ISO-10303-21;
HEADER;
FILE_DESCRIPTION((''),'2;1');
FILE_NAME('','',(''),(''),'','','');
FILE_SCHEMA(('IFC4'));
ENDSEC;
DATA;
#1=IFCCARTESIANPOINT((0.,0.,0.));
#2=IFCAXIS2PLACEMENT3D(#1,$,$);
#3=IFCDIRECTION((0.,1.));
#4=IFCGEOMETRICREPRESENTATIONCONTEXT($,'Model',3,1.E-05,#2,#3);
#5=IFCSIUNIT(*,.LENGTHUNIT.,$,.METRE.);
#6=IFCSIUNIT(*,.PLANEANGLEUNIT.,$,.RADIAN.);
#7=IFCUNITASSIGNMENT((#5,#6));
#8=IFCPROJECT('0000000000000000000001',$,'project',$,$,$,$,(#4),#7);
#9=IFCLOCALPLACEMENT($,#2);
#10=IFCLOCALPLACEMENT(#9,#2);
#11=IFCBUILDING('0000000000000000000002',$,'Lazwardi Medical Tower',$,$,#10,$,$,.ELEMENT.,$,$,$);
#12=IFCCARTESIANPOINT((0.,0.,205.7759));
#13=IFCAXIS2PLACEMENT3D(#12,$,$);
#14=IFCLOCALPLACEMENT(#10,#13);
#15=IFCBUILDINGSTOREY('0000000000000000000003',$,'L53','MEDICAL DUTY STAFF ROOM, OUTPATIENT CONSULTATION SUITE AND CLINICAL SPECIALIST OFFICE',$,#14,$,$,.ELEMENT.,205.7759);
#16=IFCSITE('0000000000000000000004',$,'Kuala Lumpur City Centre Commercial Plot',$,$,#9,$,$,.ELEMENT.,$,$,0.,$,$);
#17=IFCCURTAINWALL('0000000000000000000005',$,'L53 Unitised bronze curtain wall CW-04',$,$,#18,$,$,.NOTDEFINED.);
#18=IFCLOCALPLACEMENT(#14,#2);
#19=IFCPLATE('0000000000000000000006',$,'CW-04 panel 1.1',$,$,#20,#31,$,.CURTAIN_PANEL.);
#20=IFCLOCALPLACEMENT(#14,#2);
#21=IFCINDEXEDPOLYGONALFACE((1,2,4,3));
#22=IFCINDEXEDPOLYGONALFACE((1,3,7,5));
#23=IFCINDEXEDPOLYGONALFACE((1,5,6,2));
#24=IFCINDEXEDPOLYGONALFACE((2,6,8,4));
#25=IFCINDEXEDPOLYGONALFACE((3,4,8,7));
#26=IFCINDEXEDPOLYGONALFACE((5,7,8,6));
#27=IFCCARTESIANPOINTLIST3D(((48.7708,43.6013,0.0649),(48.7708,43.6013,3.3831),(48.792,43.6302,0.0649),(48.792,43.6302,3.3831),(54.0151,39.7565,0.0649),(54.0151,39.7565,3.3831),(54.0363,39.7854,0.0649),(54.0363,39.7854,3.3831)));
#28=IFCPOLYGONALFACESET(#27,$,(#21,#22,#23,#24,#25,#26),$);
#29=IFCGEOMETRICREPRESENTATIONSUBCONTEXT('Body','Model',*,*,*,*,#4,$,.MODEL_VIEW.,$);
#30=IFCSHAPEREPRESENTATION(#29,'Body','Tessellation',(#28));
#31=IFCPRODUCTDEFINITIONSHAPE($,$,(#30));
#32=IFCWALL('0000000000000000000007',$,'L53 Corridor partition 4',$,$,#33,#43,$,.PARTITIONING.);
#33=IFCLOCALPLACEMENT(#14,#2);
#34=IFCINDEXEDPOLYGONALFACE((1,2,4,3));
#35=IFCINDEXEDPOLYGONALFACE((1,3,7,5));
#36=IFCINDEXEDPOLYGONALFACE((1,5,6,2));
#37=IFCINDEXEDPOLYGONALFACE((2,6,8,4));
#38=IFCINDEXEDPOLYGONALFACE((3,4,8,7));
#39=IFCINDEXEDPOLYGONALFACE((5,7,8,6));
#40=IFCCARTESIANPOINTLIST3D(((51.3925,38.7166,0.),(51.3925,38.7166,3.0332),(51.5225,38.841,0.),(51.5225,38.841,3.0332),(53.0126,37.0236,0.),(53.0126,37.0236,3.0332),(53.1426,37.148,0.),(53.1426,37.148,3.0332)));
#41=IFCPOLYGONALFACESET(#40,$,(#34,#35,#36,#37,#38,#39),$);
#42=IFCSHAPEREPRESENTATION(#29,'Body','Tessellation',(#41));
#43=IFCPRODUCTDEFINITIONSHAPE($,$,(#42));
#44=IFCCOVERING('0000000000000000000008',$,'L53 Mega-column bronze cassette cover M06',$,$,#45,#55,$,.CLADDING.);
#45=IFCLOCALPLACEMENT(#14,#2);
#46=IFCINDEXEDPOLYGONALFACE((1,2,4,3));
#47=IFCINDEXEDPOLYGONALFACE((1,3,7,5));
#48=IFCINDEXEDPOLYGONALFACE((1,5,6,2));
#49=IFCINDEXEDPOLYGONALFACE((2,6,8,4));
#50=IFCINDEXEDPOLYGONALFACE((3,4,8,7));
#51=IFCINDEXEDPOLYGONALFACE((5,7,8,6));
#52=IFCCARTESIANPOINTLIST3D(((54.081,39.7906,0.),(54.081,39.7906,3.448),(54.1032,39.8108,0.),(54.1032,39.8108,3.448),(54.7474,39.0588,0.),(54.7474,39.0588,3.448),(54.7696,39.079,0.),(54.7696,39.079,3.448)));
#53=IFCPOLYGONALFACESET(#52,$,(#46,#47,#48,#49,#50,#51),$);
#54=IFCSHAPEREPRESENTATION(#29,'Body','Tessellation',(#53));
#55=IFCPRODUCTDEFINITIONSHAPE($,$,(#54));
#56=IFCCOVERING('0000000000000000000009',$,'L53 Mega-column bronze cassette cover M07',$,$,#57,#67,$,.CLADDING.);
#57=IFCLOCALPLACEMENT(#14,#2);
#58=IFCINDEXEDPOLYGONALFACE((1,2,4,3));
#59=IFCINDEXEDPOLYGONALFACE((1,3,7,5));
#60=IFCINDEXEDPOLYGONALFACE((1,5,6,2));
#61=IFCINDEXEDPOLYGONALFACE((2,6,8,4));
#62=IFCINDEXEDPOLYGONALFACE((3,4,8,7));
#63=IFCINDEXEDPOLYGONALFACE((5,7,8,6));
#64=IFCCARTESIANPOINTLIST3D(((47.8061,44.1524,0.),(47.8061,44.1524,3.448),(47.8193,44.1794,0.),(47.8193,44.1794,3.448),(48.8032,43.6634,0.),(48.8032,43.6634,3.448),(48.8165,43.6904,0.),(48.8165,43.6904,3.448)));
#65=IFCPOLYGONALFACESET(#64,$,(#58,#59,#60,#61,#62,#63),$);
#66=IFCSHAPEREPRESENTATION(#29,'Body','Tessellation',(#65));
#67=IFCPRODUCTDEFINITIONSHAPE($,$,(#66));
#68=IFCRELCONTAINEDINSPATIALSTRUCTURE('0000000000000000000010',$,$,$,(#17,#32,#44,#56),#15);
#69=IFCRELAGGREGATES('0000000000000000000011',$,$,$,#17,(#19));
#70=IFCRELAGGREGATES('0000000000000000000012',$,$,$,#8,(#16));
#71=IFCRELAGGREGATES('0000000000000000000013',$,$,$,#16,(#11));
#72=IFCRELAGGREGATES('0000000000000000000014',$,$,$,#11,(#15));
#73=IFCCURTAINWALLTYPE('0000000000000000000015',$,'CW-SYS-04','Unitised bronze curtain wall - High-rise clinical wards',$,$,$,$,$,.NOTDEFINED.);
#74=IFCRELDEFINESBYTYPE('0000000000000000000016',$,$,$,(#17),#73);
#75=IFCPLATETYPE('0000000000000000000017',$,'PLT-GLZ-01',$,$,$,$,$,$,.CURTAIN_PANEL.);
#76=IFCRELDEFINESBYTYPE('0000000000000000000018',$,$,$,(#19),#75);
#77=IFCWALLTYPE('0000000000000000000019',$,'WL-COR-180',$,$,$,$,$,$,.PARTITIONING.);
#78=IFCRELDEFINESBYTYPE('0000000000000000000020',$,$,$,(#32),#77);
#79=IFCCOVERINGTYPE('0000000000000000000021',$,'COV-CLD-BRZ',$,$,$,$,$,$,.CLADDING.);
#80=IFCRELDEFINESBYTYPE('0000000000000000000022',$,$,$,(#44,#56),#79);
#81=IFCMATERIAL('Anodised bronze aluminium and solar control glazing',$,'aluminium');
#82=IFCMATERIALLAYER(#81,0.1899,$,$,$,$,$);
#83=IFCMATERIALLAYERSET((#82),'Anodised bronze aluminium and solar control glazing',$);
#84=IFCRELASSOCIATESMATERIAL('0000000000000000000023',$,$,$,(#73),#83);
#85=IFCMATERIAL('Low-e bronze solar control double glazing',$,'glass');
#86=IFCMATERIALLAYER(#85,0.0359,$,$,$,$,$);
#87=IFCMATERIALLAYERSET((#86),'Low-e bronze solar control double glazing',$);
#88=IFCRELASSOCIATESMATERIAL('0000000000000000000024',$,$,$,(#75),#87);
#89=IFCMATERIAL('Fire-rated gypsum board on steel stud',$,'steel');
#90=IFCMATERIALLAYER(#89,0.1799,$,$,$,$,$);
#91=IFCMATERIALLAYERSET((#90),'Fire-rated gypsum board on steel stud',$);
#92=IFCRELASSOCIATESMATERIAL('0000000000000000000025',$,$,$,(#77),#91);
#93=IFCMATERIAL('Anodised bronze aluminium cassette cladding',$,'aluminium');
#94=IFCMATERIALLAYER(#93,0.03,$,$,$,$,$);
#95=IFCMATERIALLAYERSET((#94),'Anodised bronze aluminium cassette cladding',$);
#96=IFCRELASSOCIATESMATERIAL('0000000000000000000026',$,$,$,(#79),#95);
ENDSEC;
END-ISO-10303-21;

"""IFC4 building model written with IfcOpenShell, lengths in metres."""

from ifc_helpers import new_model, si_unit, direction, frame, frame_2d, origin, origin_2d, place, context, subcontext, project, spatial, rectangle, extrude, material, layer, layer_set, type_object, element, aggregate, save


model = new_model("IFC4")

# Units and contexts
model_context = context("Model", 3, precision=1e-05, world=origin(), true_north=direction((0.0, 1.0)))
body_context = subcontext(model_context, "Body", "Model", "MODEL_VIEW")
ifc_project = project(units=[si_unit("LENGTHUNIT", "METRE"), si_unit("PLANEANGLEUNIT", "RADIAN")], contexts=[model_context])

# Site, building, storey
site_placement = place(None, origin())
site = spatial("IfcSite", under=ifc_project, at=site_placement, Name="Kuala Lumpur City Centre Commercial Plot", CompositionType="ELEMENT", RefElevation=0.0)
building_placement = place(site_placement, origin())
building = spatial("IfcBuilding", under=site, at=building_placement, Name="Lazwardi Medical Tower", CompositionType="ELEMENT")
storey_placement = place(building_placement, frame((0.0, 0.0, 205.7759)))
storey = spatial("IfcBuildingStorey", under=building, at=storey_placement, Name="L53", Description="MEDICAL DUTY STAFF ROOM, OUTPATIENT CONSULTATION SUITE AND CLINICAL SPECIALIST OFFICE", CompositionType="ELEMENT", Elevation=205.7759)

# Shared definitions
ifc_material_1 = material(Name="Anodised bronze aluminium and solar control glazing", Category="aluminium")
ifc_layer_1 = layer(ifc_material_1, 0.1899)
ifc_layer_set_1 = layer_set([ifc_layer_1], Name="Anodised bronze aluminium and solar control glazing")
curtain_wall_type = type_object("IfcCurtainWallType", Name="CW-SYS-04", Description="Unitised bronze curtain wall - High-rise clinical wards", PredefinedType="NOTDEFINED", material=ifc_layer_set_1)

# Curtain wall
curtain_wall_1_placement = place(storey_placement, origin())
curtain_wall_1 = element("IfcCurtainWall", 1, at=curtain_wall_1_placement, inside=storey, type_object=curtain_wall_type, Name="L53 Unitised bronze curtain wall CW-04", PredefinedType="NOTDEFINED")

# Plate
ifc_material_2 = material(Name="Low-e bronze solar control double glazing", Category="glass")
ifc_layer_2 = layer(ifc_material_2, 0.0359)
ifc_layer_set_2 = layer_set([ifc_layer_2], Name="Low-e bronze solar control double glazing")
plate_type = type_object("IfcPlateType", Name="PLT-GLZ-01", PredefinedType="CURTAIN_PANEL", material=ifc_layer_set_2)
plate_placement = place(storey_placement, frame((51.4036, 41.6934, 0.0649), z_axis=(0.0, 0.0, 1.0), x_axis=(-0.806475, 0.591268, 0.0)))
plate = element("IfcPlate", 2, at=plate_placement, type_object=plate_type, Name="CW-04 panel 1.1", PredefinedType="CURTAIN_PANEL", context=body_context, shape_type="SweptSolid", body=[
    extrude(rectangle(XDim=6.5027, YDim=0.0359, at=origin_2d()), origin(), (0.0, 0.0, 1.0), 3.3181),
])
aggregate(curtain_wall_1, [plate])

# Wall
ifc_material_3 = material(Name="Fire-rated gypsum board on steel stud", Category="steel")
ifc_layer_3 = layer(ifc_material_3, 0.1799)
ifc_layer_set_3 = layer_set([ifc_layer_3], Name="Fire-rated gypsum board on steel stud")
wall_type = type_object("IfcWallType", Name="WL-COR-180", PredefinedType="PARTITIONING", material=ifc_layer_set_3)
wall_placement = place(storey_placement, frame((51.4575, 38.7788, 0.0), z_axis=(0.0, 0.0, 1.0), x_axis=(0.69136, -0.722511, 0.0)))
element("IfcWall", 3, at=wall_placement, inside=storey, type_object=wall_type, Name="L53 Corridor partition 4", PredefinedType="PARTITIONING", context=body_context, shape_type="SweptSolid", body=[
    extrude(rectangle(XDim=2.3433, YDim=0.1799, at=frame_2d((1.1716, 0.0))), origin(), (0.0, 0.0, 1.0), 3.0332),
])

# Coverings
ifc_material_4 = material(Name="Anodised bronze aluminium cassette cladding", Category="aluminium")
ifc_layer_4 = layer(ifc_material_4, 0.03)
ifc_layer_set_4 = layer_set([ifc_layer_4], Name="Anodised bronze aluminium cassette cladding")
covering_type = type_object("IfcCoveringType", Name="COV-CLD-BRZ", PredefinedType="CLADDING", material=ifc_layer_set_4)
covering_1_placement = place(storey_placement, frame((54.4253, 39.4348, 0.0), z_axis=(0.0, 0.0, 1.0), x_axis=(-0.673241, 0.739423, 0.0)))
element("IfcCovering", 4, at=covering_1_placement, inside=storey, type_object=covering_type, Name="L53 Mega-column bronze cassette cover M06", PredefinedType="CLADDING", context=body_context, shape_type="SweptSolid", body=[
    extrude(rectangle(XDim=0.9897, YDim=0.03, at=origin_2d()), origin(), (0.0, 0.0, 1.0), 3.448),
])
covering_2_placement = place(storey_placement, frame((48.3113, 43.9214, 0.0), z_axis=(0.0, 0.0, 1.0), x_axis=(-0.89784, 0.440322, 0.0)))
element("IfcCovering", 5, at=covering_2_placement, inside=storey, type_object=covering_type, Name="L53 Mega-column bronze cassette cover M07", PredefinedType="CLADDING", context=body_context, shape_type="SweptSolid", body=[
    extrude(rectangle(XDim=1.1106, YDim=0.03, at=origin_2d()), origin(), (0.0, 0.0, 1.0), 3.448),
])

save(model, "model.ifc")
